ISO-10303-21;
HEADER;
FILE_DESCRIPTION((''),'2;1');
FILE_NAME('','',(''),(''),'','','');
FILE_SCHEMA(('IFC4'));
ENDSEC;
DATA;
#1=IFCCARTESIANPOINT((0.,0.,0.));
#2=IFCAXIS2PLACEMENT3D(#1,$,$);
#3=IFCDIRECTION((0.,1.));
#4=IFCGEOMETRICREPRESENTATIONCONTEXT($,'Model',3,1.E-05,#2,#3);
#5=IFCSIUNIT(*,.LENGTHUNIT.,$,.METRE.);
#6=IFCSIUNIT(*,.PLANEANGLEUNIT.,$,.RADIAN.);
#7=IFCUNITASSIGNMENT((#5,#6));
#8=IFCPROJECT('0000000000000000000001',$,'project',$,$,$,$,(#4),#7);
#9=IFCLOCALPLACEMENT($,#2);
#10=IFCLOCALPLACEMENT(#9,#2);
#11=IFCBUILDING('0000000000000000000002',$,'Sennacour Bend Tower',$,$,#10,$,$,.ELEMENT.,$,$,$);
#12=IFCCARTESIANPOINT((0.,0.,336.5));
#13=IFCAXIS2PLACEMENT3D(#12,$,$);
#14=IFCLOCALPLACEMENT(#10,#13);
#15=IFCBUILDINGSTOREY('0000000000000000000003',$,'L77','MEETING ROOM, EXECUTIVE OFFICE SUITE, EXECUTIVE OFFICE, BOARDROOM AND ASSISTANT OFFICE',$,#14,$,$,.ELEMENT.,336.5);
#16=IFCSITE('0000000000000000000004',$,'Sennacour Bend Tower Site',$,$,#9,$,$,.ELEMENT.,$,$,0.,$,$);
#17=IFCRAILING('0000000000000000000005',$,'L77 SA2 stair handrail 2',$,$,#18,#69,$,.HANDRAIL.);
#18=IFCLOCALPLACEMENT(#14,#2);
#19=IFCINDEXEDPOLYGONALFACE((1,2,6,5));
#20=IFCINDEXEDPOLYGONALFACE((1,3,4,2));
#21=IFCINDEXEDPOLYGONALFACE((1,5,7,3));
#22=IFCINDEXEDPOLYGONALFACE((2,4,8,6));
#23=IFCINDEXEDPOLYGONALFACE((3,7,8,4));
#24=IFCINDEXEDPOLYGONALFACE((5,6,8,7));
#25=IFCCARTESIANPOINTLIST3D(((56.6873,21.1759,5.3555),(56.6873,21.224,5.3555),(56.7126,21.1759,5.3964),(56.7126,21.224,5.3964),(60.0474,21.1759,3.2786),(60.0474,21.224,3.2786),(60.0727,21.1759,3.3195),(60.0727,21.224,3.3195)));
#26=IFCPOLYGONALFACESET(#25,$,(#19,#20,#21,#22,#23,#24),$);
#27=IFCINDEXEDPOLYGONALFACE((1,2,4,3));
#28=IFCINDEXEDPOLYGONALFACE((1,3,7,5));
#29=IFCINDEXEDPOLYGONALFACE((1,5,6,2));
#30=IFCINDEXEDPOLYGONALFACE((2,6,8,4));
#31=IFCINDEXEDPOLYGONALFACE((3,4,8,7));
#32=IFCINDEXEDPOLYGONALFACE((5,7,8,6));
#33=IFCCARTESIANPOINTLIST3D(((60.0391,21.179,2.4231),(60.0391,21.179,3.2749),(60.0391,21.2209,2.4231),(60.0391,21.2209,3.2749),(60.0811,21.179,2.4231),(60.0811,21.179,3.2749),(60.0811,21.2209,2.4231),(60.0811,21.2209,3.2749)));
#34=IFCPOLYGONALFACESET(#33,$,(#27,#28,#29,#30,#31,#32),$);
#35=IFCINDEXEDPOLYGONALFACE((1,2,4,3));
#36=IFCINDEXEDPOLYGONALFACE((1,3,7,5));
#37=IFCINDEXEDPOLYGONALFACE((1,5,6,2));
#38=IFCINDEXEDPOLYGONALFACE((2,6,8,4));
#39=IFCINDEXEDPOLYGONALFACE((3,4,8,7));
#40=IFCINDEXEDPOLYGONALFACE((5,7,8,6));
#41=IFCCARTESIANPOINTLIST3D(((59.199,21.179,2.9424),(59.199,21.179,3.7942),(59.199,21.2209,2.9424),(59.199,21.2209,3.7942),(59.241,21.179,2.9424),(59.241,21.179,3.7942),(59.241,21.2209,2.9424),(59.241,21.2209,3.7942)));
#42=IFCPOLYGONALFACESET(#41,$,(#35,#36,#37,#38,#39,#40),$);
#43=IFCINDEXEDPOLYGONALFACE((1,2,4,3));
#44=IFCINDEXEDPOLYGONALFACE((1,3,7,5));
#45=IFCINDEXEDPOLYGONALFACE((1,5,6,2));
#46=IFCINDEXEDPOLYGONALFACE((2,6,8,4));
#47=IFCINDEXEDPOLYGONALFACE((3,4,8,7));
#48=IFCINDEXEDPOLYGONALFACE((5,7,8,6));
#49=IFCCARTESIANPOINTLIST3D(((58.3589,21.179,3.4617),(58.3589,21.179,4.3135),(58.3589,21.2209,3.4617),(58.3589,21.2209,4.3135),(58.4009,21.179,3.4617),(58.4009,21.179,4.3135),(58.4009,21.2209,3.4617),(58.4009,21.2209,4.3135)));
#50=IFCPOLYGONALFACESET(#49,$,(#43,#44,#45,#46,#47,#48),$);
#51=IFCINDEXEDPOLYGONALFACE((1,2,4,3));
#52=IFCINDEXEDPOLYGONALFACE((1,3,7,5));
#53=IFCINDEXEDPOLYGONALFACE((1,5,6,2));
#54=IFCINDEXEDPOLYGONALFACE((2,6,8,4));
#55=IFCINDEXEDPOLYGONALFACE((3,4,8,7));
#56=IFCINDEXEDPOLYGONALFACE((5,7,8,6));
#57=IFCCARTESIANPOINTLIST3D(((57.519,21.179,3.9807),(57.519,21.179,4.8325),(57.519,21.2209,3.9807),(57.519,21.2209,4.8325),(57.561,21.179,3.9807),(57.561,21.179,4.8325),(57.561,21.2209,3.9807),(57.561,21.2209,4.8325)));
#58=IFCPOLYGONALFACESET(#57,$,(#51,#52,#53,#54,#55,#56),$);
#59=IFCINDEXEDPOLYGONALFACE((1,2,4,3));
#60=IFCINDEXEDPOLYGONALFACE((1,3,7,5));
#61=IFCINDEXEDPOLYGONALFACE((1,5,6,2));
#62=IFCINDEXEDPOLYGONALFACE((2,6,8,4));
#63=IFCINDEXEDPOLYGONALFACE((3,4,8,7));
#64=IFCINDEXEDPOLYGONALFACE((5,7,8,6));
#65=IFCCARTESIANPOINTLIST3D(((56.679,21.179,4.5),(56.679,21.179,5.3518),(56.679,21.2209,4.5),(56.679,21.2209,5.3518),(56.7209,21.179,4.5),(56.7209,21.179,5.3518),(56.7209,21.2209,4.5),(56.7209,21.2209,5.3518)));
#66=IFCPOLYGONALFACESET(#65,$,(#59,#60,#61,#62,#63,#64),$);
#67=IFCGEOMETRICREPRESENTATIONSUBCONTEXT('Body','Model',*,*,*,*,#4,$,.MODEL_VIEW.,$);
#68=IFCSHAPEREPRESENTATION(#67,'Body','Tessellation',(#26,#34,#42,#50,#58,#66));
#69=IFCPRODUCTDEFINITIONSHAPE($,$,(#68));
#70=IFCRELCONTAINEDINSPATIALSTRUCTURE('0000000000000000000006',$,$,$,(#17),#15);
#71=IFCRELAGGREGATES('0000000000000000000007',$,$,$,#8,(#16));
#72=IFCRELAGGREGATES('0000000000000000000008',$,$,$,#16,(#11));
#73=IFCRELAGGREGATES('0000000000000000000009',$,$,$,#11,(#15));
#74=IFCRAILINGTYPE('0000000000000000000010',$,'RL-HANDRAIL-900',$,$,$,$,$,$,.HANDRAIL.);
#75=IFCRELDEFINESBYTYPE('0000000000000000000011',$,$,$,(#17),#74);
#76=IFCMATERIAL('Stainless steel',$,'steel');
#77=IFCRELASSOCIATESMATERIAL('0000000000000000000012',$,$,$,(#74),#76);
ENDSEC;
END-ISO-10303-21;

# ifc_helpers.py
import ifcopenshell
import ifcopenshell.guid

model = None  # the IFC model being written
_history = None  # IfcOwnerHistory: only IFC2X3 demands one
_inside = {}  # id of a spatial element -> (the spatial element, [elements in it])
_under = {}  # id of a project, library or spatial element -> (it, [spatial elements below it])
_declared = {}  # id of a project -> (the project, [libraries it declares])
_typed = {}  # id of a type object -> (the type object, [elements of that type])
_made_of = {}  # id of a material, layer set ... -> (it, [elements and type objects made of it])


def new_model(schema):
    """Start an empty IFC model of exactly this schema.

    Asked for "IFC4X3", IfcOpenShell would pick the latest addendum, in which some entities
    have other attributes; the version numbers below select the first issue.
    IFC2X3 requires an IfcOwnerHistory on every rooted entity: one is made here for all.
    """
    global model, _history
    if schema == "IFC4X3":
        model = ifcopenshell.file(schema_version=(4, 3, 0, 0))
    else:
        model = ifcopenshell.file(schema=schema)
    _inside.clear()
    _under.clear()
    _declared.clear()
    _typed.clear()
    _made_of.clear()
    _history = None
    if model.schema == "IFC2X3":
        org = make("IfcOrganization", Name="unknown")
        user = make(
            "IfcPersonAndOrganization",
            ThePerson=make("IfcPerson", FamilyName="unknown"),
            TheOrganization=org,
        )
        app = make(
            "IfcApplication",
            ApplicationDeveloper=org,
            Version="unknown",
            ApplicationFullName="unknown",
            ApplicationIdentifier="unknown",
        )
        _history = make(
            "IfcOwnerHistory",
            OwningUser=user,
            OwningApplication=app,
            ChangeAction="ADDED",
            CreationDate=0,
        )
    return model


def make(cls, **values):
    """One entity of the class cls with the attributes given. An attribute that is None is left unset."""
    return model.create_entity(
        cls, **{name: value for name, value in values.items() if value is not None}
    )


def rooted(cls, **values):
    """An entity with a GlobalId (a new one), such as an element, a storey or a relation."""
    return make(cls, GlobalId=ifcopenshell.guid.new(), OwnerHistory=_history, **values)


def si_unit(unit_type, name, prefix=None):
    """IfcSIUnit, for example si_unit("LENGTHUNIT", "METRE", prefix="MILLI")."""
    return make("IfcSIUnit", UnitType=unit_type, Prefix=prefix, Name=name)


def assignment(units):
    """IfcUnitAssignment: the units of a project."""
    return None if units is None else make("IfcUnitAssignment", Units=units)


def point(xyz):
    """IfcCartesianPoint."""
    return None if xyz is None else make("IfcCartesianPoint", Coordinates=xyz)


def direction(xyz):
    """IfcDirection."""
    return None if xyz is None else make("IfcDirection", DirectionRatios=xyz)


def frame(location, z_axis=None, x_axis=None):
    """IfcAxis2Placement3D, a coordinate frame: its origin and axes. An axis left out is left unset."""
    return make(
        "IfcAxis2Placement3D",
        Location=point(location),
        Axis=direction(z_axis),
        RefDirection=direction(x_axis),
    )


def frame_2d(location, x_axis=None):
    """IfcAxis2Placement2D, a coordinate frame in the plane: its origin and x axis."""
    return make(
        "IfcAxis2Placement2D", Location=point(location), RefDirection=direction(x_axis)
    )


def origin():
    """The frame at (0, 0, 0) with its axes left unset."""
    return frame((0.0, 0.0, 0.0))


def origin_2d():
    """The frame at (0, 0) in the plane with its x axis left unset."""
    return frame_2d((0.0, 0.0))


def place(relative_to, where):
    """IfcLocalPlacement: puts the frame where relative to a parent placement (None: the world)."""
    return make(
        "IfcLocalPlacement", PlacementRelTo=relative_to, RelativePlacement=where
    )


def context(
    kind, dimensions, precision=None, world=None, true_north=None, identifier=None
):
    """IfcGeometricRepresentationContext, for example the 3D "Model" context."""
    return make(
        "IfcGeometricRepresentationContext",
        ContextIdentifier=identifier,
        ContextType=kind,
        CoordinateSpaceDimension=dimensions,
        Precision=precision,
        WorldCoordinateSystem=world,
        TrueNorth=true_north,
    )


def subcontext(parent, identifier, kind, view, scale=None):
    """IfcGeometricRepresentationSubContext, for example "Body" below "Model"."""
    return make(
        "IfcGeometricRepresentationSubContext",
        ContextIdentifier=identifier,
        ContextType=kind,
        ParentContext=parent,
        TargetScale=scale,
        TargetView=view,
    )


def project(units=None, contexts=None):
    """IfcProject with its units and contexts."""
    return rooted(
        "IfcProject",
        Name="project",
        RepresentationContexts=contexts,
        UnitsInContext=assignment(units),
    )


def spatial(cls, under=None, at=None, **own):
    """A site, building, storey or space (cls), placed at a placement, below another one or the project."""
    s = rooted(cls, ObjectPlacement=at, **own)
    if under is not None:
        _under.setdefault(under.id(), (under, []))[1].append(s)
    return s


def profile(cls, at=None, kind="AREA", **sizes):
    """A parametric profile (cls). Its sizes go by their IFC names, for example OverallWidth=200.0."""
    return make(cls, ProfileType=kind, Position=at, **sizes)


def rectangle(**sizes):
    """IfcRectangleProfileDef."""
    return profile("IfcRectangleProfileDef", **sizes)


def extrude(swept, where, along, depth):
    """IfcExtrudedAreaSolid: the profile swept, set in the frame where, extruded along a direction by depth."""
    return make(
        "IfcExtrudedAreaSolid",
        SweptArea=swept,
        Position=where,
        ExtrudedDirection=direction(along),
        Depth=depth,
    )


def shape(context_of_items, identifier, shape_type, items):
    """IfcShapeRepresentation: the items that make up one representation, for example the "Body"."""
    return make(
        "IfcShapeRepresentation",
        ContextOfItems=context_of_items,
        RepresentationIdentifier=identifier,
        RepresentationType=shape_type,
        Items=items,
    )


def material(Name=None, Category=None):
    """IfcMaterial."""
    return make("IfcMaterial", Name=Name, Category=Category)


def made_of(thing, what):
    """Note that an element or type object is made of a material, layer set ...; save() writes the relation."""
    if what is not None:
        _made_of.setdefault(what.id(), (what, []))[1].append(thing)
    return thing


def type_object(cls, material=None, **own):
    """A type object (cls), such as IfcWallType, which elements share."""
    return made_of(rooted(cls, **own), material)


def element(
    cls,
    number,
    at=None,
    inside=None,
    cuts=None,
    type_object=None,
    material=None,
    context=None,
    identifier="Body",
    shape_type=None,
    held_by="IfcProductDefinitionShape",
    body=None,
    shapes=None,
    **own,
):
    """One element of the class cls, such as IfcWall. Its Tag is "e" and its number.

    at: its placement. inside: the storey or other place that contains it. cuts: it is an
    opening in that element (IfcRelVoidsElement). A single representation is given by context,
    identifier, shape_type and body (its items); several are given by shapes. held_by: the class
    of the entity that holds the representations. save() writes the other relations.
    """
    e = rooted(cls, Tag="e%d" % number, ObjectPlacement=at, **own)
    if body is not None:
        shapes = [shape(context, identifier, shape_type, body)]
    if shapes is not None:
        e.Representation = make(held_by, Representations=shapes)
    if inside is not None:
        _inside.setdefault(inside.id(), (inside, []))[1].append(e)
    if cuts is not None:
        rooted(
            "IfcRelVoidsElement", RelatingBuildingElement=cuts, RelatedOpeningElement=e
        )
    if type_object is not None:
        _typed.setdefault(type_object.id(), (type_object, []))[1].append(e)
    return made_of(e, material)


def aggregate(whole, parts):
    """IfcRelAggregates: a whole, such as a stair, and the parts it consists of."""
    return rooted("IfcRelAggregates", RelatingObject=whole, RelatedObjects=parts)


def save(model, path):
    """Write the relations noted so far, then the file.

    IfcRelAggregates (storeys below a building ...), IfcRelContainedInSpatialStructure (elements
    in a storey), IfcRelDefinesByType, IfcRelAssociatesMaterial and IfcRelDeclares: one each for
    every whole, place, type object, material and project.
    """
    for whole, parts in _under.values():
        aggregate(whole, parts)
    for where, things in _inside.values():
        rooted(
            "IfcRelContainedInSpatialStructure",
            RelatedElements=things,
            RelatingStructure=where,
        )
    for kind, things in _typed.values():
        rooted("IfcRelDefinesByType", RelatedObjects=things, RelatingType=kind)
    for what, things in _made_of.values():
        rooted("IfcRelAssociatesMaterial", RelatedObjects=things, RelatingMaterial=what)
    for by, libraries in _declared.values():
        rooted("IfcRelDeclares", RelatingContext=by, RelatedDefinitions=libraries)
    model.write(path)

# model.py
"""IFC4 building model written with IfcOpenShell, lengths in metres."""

from ifc_helpers import new_model, si_unit, direction, frame, origin, origin_2d, place, context, subcontext, project, spatial, rectangle, extrude, material, type_object, element, save


model = new_model("IFC4")

# Units and contexts
model_context = context("Model", 3, precision=1e-05, world=origin(), true_north=direction((0.0, 1.0)))
body_context = subcontext(model_context, "Body", "Model", "MODEL_VIEW")
ifc_project = project(units=[si_unit("LENGTHUNIT", "METRE"), si_unit("PLANEANGLEUNIT", "RADIAN")], contexts=[model_context])

# Site, building, storey
site_placement = place(None, origin())
site = spatial("IfcSite", under=ifc_project, at=site_placement, Name="Sennacour Bend Tower Site", CompositionType="ELEMENT", RefElevation=0.0)
building_placement = place(site_placement, origin())
building = spatial("IfcBuilding", under=site, at=building_placement, Name="Sennacour Bend Tower", CompositionType="ELEMENT")
storey_placement = place(building_placement, frame((0.0, 0.0, 336.5)))
storey = spatial("IfcBuildingStorey", under=building, at=storey_placement, Name="L77", Description="MEETING ROOM, EXECUTIVE OFFICE SUITE, EXECUTIVE OFFICE, BOARDROOM AND ASSISTANT OFFICE", CompositionType="ELEMENT", Elevation=336.5)

# Shared definitions
ifc_material_1 = material(Name="Stainless steel", Category="steel")

# Railing
railing_type_1 = type_object("IfcRailingType", Name="RL-HANDRAIL-900", PredefinedType="HANDRAIL", material=ifc_material_1)
railing_1_placement = place(storey_placement, frame((60.0601, 21.2, 2.4231)))
element("IfcRailing", 1, at=railing_1_placement, inside=storey, type_object=railing_type_1, Name="L77 SA2 stair handrail 2", PredefinedType="HANDRAIL", context=body_context, shape_type="SweptSolid", body=[
    extrude(rectangle(XDim=0.0481, YDim=0.0481, at=origin_2d()), frame((0.0, 0.0, 0.876), z_axis=(-0.850623, 0.0, 0.525776), x_axis=(0.0, -1.0, 0.0)), (0.0, 0.0, 1.0), 3.9502),
    extrude(rectangle(XDim=0.042, YDim=0.042, at=origin_2d()), origin(), (0.0, 0.0, 1.0), 0.8518),
    extrude(rectangle(XDim=0.042, YDim=0.042, at=origin_2d()), frame((-0.8401, 0.0, 0.5193)), (0.0, 0.0, 1.0), 0.8518),
    extrude(rectangle(XDim=0.042, YDim=0.042, at=origin_2d()), frame((-1.6802, 0.0, 1.0386)), (0.0, 0.0, 1.0), 0.8518),
    extrude(rectangle(XDim=0.042, YDim=0.042, at=origin_2d()), frame((-2.52, 0.0, 1.5576)), (0.0, 0.0, 1.0), 0.8518),
    extrude(rectangle(XDim=0.042, YDim=0.042, at=origin_2d()), frame((-3.3601, 0.0, 2.0769)), (0.0, 0.0, 1.0), 0.8518),
])

save(model, "model.ifc")
